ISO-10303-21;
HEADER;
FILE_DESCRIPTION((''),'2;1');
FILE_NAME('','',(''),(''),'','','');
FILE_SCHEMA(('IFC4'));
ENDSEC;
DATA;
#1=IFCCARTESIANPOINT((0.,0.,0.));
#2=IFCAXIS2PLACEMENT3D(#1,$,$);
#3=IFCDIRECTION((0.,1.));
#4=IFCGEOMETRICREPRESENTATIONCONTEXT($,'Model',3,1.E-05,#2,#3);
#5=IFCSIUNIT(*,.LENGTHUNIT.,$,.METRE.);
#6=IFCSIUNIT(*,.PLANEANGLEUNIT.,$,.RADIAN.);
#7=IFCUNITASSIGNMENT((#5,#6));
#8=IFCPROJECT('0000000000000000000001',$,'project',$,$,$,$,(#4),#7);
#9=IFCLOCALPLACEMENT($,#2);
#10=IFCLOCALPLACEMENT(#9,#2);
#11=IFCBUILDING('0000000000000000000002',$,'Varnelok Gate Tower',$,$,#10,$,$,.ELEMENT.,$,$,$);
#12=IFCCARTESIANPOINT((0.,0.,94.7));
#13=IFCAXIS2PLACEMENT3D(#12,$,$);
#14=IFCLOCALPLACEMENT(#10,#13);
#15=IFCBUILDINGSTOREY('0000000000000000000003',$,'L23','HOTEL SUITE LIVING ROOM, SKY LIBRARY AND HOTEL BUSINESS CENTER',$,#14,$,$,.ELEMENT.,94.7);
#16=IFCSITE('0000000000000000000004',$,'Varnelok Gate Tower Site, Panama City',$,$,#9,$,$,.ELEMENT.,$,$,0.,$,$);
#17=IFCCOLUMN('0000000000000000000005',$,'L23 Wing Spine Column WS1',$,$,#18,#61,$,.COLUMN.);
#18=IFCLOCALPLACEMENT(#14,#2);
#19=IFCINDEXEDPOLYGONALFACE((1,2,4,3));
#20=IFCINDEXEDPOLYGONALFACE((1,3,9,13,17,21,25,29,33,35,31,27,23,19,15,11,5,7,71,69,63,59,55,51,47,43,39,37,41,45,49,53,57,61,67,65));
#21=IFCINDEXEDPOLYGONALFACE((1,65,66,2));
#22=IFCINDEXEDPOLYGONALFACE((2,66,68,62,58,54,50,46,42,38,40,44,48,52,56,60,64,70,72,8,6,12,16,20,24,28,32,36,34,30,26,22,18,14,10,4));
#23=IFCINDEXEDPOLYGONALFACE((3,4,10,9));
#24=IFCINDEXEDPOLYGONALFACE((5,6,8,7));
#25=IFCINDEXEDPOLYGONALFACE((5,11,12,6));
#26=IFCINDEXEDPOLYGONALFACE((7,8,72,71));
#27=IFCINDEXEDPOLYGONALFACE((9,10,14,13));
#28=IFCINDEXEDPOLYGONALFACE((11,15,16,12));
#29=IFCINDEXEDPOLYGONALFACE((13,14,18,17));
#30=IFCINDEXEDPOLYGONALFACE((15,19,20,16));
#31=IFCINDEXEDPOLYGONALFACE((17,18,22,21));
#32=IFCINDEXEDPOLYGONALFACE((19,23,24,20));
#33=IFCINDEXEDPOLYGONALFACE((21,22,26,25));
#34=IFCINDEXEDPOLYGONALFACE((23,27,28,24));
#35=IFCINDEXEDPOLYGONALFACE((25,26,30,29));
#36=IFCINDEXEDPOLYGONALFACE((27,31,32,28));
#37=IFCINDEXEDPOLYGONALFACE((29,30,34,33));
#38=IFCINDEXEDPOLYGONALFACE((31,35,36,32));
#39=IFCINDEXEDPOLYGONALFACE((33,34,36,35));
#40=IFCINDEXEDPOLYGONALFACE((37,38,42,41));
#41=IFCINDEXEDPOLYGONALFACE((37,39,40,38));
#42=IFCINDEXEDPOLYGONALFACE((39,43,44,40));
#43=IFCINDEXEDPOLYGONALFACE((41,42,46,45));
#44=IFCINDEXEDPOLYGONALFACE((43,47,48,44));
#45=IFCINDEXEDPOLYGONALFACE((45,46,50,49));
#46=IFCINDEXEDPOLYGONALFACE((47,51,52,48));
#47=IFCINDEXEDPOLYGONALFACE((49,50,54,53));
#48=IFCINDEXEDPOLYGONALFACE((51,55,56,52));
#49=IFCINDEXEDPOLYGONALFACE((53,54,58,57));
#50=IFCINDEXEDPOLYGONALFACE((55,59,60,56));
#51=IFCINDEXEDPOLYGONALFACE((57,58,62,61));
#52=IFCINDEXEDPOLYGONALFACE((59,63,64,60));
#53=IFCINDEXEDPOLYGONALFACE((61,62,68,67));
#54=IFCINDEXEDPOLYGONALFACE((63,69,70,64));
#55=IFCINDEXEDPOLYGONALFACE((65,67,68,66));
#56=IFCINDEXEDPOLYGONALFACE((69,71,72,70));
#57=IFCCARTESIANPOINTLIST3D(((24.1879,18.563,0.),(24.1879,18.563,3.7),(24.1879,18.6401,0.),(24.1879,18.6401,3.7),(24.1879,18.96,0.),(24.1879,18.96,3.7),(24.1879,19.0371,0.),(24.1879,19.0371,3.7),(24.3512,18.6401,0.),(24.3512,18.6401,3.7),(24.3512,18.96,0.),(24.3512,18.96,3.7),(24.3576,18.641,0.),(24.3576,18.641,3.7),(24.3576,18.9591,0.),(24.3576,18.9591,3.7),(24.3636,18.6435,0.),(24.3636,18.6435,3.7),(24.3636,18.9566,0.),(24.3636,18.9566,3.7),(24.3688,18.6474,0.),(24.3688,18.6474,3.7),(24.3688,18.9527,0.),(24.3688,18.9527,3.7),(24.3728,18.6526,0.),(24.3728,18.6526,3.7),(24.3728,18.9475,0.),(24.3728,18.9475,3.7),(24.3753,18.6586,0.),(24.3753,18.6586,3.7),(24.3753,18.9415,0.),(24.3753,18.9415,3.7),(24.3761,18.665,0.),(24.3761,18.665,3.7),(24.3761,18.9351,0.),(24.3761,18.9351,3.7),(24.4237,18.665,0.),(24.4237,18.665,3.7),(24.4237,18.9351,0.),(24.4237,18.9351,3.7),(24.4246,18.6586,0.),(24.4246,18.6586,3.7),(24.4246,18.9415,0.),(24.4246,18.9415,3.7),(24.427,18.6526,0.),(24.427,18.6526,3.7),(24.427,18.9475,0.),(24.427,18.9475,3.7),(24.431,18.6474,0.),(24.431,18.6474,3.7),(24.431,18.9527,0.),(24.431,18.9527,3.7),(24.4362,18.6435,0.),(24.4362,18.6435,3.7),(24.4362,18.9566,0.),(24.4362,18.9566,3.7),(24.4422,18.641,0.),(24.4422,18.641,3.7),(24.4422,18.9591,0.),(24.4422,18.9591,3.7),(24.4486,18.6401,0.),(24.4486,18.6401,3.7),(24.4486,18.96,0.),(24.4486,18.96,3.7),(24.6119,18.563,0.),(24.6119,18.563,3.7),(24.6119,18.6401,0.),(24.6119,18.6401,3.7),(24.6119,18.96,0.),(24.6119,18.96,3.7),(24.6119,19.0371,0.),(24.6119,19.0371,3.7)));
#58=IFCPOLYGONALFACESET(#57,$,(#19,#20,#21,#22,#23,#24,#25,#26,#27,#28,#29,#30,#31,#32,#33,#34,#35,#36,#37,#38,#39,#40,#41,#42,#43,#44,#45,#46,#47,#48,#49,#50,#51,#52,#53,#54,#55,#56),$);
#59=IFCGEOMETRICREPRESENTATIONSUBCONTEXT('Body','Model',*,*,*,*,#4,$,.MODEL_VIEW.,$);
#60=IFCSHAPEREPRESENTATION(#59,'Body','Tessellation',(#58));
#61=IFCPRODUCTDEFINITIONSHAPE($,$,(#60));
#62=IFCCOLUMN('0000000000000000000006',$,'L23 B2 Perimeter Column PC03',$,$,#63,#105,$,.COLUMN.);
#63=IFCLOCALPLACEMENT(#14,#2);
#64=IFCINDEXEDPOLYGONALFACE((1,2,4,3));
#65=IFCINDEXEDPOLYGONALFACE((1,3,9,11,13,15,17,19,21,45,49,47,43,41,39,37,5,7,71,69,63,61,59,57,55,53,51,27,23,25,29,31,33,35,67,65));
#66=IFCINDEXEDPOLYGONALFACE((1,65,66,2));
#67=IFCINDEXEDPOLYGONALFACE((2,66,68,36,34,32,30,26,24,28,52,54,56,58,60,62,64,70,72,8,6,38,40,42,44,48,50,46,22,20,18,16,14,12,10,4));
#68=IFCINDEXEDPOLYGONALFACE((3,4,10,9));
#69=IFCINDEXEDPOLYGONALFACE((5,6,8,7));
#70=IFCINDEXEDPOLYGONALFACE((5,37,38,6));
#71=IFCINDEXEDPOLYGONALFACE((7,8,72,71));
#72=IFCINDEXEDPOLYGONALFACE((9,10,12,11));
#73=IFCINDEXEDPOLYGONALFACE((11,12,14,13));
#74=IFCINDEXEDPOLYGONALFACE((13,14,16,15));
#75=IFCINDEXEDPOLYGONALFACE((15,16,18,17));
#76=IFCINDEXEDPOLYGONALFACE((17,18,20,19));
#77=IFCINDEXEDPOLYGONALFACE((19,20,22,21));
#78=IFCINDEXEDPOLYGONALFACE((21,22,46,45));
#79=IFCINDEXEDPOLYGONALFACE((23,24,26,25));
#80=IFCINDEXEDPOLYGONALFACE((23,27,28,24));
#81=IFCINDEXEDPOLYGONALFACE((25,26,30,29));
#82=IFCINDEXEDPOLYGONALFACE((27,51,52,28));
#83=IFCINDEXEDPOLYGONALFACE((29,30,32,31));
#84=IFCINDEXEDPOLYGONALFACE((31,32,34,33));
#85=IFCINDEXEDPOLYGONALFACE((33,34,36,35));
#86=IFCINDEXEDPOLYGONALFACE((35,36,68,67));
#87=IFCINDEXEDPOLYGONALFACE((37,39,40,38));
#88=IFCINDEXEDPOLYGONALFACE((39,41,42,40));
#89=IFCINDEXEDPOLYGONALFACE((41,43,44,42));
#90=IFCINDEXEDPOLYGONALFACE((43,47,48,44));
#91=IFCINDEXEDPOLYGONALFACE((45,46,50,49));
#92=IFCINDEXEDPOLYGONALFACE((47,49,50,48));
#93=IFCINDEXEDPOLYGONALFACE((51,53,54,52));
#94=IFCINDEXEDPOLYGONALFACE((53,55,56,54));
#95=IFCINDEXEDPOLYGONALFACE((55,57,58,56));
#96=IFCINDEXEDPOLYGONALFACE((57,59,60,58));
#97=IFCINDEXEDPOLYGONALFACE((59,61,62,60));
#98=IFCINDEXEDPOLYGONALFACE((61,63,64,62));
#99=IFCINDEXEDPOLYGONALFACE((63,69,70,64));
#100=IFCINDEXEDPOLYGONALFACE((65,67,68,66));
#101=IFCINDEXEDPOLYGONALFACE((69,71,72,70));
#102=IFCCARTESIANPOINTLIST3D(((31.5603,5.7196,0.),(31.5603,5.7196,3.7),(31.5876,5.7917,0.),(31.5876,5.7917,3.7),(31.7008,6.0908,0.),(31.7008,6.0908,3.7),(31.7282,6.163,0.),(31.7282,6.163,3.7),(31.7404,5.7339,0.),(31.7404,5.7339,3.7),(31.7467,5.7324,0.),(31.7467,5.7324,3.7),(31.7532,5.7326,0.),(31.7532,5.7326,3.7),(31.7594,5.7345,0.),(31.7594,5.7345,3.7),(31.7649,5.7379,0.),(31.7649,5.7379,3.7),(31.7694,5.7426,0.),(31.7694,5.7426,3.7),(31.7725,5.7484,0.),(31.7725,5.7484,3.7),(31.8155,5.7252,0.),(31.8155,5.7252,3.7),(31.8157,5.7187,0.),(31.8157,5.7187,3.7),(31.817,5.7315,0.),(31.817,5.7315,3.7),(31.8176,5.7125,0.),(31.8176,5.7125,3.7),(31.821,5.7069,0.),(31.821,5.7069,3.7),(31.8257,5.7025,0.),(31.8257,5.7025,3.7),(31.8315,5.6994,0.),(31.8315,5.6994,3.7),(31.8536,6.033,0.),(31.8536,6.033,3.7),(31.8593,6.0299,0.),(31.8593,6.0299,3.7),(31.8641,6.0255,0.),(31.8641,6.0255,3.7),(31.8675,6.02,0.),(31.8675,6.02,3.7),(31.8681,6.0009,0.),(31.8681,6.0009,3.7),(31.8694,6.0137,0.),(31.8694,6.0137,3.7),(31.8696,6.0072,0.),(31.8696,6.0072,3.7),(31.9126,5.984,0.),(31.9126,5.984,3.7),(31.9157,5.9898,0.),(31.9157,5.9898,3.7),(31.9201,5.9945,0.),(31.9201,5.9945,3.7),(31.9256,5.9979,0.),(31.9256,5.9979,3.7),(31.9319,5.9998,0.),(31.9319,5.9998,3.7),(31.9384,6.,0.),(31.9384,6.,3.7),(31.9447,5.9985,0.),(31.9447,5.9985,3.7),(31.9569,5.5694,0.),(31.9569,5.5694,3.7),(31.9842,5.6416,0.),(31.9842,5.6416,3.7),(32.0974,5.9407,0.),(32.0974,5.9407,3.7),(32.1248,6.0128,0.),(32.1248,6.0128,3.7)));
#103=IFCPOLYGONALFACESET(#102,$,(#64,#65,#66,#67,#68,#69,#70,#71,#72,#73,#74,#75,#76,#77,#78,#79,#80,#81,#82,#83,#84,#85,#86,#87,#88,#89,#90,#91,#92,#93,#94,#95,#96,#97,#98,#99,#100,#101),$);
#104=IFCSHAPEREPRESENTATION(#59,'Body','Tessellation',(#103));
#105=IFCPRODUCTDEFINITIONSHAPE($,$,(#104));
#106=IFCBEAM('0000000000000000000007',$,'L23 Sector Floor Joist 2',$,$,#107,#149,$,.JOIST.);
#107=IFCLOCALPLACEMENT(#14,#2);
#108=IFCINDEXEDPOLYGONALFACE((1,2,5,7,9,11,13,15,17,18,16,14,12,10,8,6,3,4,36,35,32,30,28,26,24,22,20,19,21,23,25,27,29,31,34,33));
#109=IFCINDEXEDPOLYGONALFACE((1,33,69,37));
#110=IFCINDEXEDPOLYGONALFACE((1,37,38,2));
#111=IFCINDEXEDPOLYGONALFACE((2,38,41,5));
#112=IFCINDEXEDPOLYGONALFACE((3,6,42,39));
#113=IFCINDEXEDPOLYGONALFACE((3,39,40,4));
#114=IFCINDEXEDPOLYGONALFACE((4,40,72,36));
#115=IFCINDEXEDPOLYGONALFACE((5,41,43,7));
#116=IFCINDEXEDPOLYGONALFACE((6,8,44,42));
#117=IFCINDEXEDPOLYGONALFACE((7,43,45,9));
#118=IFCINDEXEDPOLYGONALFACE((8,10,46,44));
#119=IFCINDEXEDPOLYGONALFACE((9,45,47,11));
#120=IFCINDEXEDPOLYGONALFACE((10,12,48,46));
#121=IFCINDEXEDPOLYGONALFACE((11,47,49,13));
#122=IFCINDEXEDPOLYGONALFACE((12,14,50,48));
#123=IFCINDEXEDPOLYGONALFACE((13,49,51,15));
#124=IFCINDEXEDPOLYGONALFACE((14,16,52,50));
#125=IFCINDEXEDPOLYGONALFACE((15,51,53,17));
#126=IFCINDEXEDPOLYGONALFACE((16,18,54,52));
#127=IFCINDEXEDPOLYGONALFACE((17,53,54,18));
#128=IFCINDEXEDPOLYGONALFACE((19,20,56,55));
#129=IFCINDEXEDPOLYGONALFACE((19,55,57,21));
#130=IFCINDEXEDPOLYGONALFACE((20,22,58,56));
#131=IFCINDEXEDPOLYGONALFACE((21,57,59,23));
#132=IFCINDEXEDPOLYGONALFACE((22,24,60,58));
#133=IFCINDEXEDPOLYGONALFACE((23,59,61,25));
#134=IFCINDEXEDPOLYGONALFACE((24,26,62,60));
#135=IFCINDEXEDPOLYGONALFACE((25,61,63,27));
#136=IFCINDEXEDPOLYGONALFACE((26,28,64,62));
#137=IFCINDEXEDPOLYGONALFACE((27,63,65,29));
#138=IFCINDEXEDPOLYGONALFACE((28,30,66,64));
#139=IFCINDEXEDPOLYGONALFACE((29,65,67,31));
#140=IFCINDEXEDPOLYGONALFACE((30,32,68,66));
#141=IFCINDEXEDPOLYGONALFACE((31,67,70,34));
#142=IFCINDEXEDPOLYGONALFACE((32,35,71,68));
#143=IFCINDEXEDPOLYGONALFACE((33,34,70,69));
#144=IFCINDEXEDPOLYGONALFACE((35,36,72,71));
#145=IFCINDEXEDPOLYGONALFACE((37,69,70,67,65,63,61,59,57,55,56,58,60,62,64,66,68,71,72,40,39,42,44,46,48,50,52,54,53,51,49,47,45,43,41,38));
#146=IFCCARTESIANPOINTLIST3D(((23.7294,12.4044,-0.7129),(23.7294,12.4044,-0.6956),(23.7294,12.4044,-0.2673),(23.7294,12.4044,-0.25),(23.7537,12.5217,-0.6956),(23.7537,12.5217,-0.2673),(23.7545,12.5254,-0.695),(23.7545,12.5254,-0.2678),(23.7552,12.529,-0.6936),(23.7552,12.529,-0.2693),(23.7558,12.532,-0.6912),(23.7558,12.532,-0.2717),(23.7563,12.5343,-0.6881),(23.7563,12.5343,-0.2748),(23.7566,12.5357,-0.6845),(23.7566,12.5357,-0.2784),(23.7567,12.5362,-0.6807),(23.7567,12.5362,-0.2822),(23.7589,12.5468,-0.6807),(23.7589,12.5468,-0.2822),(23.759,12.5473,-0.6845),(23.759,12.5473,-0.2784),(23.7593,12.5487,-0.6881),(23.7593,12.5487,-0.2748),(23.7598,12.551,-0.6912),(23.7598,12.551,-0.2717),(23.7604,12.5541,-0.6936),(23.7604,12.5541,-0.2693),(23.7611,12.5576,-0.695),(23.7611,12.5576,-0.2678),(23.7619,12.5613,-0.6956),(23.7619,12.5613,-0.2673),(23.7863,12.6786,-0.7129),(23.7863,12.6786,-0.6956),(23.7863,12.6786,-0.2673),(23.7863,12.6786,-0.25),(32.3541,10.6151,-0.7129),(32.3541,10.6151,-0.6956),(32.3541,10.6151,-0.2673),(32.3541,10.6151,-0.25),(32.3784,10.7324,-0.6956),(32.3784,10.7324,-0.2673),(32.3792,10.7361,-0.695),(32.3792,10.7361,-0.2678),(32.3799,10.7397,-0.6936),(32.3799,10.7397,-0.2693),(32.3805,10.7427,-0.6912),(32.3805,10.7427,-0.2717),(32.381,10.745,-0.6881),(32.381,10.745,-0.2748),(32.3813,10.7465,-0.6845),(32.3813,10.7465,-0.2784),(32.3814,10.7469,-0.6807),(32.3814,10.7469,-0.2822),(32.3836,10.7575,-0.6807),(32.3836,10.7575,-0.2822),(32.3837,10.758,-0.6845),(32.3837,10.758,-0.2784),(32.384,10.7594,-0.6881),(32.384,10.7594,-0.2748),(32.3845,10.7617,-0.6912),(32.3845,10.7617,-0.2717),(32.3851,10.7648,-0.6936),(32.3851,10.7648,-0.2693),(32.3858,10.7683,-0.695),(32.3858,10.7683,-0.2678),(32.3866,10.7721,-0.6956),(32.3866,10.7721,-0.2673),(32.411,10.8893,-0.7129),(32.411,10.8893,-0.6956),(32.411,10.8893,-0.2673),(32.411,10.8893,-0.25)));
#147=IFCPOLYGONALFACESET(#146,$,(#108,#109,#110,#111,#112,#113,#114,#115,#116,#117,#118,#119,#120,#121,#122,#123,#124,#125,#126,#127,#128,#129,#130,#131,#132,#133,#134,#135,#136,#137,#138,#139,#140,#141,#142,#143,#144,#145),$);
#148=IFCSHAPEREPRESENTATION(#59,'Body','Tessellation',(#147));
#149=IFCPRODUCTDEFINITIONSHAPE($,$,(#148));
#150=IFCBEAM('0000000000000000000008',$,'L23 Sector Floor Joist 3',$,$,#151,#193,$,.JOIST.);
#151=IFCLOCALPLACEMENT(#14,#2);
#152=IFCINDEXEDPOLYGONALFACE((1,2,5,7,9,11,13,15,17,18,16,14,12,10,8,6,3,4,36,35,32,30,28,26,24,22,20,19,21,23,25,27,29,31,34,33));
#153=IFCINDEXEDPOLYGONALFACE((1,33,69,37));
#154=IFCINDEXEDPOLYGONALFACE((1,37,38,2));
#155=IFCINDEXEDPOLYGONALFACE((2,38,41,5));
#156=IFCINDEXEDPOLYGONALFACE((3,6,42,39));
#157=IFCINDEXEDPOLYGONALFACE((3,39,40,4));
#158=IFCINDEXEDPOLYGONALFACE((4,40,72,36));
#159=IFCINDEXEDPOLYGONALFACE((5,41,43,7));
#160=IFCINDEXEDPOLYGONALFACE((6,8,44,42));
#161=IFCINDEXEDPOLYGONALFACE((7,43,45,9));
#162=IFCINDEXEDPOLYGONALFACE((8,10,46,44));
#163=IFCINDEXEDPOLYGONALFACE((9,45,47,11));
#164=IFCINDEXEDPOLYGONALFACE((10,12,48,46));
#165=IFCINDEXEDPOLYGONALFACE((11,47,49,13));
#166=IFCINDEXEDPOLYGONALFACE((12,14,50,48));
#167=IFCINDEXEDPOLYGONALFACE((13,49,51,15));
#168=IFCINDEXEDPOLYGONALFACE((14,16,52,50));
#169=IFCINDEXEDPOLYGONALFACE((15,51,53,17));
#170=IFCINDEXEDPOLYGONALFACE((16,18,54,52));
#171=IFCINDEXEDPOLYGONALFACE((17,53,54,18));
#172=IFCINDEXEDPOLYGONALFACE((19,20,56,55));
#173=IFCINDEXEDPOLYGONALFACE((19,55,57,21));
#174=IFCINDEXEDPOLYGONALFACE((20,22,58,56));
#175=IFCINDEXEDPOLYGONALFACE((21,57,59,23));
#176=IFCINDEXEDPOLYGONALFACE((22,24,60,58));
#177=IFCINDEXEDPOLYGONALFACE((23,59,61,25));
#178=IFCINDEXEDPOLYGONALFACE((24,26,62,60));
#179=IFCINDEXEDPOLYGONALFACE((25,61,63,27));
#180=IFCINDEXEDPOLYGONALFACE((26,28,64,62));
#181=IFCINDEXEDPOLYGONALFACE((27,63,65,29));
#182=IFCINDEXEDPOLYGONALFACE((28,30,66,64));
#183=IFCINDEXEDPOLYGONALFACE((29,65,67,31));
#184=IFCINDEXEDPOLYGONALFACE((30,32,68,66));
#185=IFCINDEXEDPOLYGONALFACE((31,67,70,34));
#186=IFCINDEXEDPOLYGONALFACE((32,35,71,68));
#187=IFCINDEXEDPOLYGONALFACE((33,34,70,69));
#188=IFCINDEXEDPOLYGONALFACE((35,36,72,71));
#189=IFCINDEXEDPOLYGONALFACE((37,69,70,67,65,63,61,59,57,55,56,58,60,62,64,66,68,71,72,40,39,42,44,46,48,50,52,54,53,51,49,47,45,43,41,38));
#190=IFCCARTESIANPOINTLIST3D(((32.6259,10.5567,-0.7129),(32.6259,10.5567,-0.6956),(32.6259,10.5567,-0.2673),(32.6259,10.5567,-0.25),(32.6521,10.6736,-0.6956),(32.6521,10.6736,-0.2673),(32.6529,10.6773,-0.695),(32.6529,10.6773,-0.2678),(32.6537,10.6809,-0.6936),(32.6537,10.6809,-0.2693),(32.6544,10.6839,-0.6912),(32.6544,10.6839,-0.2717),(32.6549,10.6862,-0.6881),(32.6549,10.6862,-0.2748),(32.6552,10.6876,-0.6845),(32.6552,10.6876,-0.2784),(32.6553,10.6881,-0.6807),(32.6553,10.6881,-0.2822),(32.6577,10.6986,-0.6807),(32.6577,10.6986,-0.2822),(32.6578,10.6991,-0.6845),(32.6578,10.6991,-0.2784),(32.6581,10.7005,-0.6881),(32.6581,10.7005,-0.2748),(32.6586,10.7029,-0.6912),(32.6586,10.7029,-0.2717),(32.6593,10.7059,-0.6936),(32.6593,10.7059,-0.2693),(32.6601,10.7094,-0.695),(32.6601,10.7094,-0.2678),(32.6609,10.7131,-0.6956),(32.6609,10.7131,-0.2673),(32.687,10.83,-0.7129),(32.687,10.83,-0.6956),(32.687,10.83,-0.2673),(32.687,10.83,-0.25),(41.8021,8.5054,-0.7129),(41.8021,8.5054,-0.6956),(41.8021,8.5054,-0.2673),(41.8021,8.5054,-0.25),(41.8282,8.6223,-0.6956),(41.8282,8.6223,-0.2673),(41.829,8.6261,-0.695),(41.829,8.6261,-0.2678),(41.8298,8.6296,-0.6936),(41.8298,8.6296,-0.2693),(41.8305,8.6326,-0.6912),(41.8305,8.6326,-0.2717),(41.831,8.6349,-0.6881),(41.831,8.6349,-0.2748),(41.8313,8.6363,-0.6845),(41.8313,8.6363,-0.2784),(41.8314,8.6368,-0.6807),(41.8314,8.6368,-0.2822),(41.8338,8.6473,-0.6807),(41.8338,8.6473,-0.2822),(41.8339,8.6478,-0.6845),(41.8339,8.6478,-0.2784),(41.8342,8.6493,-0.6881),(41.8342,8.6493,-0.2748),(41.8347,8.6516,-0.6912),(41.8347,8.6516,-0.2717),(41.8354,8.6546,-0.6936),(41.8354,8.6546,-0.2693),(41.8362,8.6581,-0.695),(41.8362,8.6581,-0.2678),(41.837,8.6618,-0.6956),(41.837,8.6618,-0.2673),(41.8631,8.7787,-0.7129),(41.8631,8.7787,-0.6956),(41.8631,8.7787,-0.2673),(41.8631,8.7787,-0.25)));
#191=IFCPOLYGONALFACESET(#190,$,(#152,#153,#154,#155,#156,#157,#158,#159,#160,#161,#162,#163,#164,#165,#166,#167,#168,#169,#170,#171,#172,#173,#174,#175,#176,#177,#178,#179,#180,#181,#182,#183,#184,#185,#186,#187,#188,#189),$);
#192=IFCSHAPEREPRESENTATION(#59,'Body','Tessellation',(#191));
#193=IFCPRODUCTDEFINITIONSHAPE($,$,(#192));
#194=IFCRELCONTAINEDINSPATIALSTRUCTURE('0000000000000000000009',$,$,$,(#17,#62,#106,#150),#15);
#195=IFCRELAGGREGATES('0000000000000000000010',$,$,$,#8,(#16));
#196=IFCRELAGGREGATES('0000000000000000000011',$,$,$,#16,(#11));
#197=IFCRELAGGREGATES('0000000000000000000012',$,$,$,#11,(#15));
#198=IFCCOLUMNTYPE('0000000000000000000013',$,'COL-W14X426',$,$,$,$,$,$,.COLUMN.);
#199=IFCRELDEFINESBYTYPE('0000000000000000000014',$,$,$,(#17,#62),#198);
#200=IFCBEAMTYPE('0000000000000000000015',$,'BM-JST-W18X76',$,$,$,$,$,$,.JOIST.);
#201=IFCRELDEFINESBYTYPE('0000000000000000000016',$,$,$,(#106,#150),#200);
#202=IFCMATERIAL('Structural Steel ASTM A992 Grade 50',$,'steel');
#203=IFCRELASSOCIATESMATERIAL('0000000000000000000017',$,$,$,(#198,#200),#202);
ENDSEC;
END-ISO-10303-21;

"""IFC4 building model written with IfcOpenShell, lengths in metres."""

from ifc_helpers import new_model, si_unit, direction, frame, origin, origin_2d, place, context, subcontext, project, spatial, i_section, extrude, material, material_profile, profile_set, type_object, element, save


model = new_model("IFC4")

# Units and contexts
model_context = context("Model", 3, precision=1e-05, world=origin(), true_north=direction((0.0, 1.0)))
body_context = subcontext(model_context, "Body", "Model", "MODEL_VIEW")
ifc_project = project(units=[si_unit("LENGTHUNIT", "METRE"), si_unit("PLANEANGLEUNIT", "RADIAN")], contexts=[model_context])

# Site, building, storey
site_placement = place(None, origin())
site = spatial("IfcSite", under=ifc_project, at=site_placement, Name="Varnelok Gate Tower Site, Panama City", CompositionType="ELEMENT", RefElevation=0.0)
building_placement = place(site_placement, origin())
building = spatial("IfcBuilding", under=site, at=building_placement, Name="Varnelok Gate Tower", CompositionType="ELEMENT")
storey_placement = place(building_placement, frame((0.0, 0.0, 94.7)))
storey = spatial("IfcBuildingStorey", under=building, at=storey_placement, Name="L23", Description="HOTEL SUITE LIVING ROOM, SKY LIBRARY AND HOTEL BUSINESS CENTER", CompositionType="ELEMENT", Elevation=94.7)

# Columns
ifc_material_1 = material(Name="Structural Steel ASTM A992 Grade 50", Category="steel")
ifc_material_profile_1 = material_profile(ifc_material_1, i_section(OverallWidth=0.4241, OverallDepth=0.4741, WebThickness=0.0476, FlangeThickness=0.0771, FilletRadius=0.0249, at=origin_2d()), Name="W14X426")
ifc_profile_set_1 = profile_set([ifc_material_profile_1], Name="Structural Steel ASTM A992 Grade 50")
column_type = type_object("IfcColumnType", Name="COL-W14X426", PredefinedType="COLUMN", material=ifc_profile_set_1)
for number, where, z_axis, x_axis, name in (
    (1, (24.3999, 18.8, 0.0), (0.0, 0.0, 1.0), (1.0, 0.0, 0.0), "L23 Wing Spine Column WS1"),
    (2, (31.8425, 5.8662, 0.0), (0.0, 0.0, 1.0), (0.935222, -0.354063, 0.0), "L23 B2 Perimeter Column PC03"),
):
    element("IfcColumn", number, at=place(storey_placement, frame(where, z_axis=z_axis, x_axis=x_axis)), inside=storey, type_object=column_type, Name=name, PredefinedType="COLUMN", context=body_context, shape_type="SweptSolid", body=[
        extrude(i_section(OverallWidth=0.4241, OverallDepth=0.4741, WebThickness=0.0476, FlangeThickness=0.0771, FilletRadius=0.0249, at=origin_2d()), origin(), (0.0, 0.0, 1.0), 3.7),
    ])

# Beams
ifc_material_profile_2 = material_profile(ifc_material_1, i_section(OverallWidth=0.28, OverallDepth=0.4629, WebThickness=0.0107, FlangeThickness=0.0173, FilletRadius=0.0149, at=origin_2d()), Name="W18X76")
ifc_profile_set_2 = profile_set([ifc_material_profile_2], Name="Structural Steel ASTM A992 Grade 50")
beam_type_1 = type_object("IfcBeamType", Name="BM-JST-W18X76", PredefinedType="JOIST", material=ifc_profile_set_2)
beam_1_placement = place(storey_placement, frame((23.7578, 12.5415, -0.4814), z_axis=(0.97915, -0.203136, 0.0), x_axis=(0.203136, 0.97915, 0.0)))
element("IfcBeam", 3, at=beam_1_placement, inside=storey, type_object=beam_type_1, Name="L23 Sector Floor Joist 2", PredefinedType="JOIST", context=body_context, shape_type="SweptSolid", body=[
    extrude(i_section(OverallWidth=0.28, OverallDepth=0.4629, WebThickness=0.0107, FlangeThickness=0.0173, FilletRadius=0.0149, at=origin_2d()), origin(), (0.0, 0.0, 1.0), 8.8083),
])
beam_2_placement = place(storey_placement, frame((32.6565, 10.6934, -0.4814), z_axis=(0.975913, -0.218162, 0.0), x_axis=(0.218162, 0.975913, 0.0)))
element("IfcBeam", 4, at=beam_2_placement, inside=storey, type_object=beam_type_1, Name="L23 Sector Floor Joist 3", PredefinedType="JOIST", context=body_context, shape_type="SweptSolid", body=[
    extrude(i_section(OverallWidth=0.28, OverallDepth=0.4629, WebThickness=0.0107, FlangeThickness=0.0173, FilletRadius=0.0149, at=origin_2d()), origin(), (0.0, 0.0, 1.0), 9.4026),
])

save(model, "model.ifc")
